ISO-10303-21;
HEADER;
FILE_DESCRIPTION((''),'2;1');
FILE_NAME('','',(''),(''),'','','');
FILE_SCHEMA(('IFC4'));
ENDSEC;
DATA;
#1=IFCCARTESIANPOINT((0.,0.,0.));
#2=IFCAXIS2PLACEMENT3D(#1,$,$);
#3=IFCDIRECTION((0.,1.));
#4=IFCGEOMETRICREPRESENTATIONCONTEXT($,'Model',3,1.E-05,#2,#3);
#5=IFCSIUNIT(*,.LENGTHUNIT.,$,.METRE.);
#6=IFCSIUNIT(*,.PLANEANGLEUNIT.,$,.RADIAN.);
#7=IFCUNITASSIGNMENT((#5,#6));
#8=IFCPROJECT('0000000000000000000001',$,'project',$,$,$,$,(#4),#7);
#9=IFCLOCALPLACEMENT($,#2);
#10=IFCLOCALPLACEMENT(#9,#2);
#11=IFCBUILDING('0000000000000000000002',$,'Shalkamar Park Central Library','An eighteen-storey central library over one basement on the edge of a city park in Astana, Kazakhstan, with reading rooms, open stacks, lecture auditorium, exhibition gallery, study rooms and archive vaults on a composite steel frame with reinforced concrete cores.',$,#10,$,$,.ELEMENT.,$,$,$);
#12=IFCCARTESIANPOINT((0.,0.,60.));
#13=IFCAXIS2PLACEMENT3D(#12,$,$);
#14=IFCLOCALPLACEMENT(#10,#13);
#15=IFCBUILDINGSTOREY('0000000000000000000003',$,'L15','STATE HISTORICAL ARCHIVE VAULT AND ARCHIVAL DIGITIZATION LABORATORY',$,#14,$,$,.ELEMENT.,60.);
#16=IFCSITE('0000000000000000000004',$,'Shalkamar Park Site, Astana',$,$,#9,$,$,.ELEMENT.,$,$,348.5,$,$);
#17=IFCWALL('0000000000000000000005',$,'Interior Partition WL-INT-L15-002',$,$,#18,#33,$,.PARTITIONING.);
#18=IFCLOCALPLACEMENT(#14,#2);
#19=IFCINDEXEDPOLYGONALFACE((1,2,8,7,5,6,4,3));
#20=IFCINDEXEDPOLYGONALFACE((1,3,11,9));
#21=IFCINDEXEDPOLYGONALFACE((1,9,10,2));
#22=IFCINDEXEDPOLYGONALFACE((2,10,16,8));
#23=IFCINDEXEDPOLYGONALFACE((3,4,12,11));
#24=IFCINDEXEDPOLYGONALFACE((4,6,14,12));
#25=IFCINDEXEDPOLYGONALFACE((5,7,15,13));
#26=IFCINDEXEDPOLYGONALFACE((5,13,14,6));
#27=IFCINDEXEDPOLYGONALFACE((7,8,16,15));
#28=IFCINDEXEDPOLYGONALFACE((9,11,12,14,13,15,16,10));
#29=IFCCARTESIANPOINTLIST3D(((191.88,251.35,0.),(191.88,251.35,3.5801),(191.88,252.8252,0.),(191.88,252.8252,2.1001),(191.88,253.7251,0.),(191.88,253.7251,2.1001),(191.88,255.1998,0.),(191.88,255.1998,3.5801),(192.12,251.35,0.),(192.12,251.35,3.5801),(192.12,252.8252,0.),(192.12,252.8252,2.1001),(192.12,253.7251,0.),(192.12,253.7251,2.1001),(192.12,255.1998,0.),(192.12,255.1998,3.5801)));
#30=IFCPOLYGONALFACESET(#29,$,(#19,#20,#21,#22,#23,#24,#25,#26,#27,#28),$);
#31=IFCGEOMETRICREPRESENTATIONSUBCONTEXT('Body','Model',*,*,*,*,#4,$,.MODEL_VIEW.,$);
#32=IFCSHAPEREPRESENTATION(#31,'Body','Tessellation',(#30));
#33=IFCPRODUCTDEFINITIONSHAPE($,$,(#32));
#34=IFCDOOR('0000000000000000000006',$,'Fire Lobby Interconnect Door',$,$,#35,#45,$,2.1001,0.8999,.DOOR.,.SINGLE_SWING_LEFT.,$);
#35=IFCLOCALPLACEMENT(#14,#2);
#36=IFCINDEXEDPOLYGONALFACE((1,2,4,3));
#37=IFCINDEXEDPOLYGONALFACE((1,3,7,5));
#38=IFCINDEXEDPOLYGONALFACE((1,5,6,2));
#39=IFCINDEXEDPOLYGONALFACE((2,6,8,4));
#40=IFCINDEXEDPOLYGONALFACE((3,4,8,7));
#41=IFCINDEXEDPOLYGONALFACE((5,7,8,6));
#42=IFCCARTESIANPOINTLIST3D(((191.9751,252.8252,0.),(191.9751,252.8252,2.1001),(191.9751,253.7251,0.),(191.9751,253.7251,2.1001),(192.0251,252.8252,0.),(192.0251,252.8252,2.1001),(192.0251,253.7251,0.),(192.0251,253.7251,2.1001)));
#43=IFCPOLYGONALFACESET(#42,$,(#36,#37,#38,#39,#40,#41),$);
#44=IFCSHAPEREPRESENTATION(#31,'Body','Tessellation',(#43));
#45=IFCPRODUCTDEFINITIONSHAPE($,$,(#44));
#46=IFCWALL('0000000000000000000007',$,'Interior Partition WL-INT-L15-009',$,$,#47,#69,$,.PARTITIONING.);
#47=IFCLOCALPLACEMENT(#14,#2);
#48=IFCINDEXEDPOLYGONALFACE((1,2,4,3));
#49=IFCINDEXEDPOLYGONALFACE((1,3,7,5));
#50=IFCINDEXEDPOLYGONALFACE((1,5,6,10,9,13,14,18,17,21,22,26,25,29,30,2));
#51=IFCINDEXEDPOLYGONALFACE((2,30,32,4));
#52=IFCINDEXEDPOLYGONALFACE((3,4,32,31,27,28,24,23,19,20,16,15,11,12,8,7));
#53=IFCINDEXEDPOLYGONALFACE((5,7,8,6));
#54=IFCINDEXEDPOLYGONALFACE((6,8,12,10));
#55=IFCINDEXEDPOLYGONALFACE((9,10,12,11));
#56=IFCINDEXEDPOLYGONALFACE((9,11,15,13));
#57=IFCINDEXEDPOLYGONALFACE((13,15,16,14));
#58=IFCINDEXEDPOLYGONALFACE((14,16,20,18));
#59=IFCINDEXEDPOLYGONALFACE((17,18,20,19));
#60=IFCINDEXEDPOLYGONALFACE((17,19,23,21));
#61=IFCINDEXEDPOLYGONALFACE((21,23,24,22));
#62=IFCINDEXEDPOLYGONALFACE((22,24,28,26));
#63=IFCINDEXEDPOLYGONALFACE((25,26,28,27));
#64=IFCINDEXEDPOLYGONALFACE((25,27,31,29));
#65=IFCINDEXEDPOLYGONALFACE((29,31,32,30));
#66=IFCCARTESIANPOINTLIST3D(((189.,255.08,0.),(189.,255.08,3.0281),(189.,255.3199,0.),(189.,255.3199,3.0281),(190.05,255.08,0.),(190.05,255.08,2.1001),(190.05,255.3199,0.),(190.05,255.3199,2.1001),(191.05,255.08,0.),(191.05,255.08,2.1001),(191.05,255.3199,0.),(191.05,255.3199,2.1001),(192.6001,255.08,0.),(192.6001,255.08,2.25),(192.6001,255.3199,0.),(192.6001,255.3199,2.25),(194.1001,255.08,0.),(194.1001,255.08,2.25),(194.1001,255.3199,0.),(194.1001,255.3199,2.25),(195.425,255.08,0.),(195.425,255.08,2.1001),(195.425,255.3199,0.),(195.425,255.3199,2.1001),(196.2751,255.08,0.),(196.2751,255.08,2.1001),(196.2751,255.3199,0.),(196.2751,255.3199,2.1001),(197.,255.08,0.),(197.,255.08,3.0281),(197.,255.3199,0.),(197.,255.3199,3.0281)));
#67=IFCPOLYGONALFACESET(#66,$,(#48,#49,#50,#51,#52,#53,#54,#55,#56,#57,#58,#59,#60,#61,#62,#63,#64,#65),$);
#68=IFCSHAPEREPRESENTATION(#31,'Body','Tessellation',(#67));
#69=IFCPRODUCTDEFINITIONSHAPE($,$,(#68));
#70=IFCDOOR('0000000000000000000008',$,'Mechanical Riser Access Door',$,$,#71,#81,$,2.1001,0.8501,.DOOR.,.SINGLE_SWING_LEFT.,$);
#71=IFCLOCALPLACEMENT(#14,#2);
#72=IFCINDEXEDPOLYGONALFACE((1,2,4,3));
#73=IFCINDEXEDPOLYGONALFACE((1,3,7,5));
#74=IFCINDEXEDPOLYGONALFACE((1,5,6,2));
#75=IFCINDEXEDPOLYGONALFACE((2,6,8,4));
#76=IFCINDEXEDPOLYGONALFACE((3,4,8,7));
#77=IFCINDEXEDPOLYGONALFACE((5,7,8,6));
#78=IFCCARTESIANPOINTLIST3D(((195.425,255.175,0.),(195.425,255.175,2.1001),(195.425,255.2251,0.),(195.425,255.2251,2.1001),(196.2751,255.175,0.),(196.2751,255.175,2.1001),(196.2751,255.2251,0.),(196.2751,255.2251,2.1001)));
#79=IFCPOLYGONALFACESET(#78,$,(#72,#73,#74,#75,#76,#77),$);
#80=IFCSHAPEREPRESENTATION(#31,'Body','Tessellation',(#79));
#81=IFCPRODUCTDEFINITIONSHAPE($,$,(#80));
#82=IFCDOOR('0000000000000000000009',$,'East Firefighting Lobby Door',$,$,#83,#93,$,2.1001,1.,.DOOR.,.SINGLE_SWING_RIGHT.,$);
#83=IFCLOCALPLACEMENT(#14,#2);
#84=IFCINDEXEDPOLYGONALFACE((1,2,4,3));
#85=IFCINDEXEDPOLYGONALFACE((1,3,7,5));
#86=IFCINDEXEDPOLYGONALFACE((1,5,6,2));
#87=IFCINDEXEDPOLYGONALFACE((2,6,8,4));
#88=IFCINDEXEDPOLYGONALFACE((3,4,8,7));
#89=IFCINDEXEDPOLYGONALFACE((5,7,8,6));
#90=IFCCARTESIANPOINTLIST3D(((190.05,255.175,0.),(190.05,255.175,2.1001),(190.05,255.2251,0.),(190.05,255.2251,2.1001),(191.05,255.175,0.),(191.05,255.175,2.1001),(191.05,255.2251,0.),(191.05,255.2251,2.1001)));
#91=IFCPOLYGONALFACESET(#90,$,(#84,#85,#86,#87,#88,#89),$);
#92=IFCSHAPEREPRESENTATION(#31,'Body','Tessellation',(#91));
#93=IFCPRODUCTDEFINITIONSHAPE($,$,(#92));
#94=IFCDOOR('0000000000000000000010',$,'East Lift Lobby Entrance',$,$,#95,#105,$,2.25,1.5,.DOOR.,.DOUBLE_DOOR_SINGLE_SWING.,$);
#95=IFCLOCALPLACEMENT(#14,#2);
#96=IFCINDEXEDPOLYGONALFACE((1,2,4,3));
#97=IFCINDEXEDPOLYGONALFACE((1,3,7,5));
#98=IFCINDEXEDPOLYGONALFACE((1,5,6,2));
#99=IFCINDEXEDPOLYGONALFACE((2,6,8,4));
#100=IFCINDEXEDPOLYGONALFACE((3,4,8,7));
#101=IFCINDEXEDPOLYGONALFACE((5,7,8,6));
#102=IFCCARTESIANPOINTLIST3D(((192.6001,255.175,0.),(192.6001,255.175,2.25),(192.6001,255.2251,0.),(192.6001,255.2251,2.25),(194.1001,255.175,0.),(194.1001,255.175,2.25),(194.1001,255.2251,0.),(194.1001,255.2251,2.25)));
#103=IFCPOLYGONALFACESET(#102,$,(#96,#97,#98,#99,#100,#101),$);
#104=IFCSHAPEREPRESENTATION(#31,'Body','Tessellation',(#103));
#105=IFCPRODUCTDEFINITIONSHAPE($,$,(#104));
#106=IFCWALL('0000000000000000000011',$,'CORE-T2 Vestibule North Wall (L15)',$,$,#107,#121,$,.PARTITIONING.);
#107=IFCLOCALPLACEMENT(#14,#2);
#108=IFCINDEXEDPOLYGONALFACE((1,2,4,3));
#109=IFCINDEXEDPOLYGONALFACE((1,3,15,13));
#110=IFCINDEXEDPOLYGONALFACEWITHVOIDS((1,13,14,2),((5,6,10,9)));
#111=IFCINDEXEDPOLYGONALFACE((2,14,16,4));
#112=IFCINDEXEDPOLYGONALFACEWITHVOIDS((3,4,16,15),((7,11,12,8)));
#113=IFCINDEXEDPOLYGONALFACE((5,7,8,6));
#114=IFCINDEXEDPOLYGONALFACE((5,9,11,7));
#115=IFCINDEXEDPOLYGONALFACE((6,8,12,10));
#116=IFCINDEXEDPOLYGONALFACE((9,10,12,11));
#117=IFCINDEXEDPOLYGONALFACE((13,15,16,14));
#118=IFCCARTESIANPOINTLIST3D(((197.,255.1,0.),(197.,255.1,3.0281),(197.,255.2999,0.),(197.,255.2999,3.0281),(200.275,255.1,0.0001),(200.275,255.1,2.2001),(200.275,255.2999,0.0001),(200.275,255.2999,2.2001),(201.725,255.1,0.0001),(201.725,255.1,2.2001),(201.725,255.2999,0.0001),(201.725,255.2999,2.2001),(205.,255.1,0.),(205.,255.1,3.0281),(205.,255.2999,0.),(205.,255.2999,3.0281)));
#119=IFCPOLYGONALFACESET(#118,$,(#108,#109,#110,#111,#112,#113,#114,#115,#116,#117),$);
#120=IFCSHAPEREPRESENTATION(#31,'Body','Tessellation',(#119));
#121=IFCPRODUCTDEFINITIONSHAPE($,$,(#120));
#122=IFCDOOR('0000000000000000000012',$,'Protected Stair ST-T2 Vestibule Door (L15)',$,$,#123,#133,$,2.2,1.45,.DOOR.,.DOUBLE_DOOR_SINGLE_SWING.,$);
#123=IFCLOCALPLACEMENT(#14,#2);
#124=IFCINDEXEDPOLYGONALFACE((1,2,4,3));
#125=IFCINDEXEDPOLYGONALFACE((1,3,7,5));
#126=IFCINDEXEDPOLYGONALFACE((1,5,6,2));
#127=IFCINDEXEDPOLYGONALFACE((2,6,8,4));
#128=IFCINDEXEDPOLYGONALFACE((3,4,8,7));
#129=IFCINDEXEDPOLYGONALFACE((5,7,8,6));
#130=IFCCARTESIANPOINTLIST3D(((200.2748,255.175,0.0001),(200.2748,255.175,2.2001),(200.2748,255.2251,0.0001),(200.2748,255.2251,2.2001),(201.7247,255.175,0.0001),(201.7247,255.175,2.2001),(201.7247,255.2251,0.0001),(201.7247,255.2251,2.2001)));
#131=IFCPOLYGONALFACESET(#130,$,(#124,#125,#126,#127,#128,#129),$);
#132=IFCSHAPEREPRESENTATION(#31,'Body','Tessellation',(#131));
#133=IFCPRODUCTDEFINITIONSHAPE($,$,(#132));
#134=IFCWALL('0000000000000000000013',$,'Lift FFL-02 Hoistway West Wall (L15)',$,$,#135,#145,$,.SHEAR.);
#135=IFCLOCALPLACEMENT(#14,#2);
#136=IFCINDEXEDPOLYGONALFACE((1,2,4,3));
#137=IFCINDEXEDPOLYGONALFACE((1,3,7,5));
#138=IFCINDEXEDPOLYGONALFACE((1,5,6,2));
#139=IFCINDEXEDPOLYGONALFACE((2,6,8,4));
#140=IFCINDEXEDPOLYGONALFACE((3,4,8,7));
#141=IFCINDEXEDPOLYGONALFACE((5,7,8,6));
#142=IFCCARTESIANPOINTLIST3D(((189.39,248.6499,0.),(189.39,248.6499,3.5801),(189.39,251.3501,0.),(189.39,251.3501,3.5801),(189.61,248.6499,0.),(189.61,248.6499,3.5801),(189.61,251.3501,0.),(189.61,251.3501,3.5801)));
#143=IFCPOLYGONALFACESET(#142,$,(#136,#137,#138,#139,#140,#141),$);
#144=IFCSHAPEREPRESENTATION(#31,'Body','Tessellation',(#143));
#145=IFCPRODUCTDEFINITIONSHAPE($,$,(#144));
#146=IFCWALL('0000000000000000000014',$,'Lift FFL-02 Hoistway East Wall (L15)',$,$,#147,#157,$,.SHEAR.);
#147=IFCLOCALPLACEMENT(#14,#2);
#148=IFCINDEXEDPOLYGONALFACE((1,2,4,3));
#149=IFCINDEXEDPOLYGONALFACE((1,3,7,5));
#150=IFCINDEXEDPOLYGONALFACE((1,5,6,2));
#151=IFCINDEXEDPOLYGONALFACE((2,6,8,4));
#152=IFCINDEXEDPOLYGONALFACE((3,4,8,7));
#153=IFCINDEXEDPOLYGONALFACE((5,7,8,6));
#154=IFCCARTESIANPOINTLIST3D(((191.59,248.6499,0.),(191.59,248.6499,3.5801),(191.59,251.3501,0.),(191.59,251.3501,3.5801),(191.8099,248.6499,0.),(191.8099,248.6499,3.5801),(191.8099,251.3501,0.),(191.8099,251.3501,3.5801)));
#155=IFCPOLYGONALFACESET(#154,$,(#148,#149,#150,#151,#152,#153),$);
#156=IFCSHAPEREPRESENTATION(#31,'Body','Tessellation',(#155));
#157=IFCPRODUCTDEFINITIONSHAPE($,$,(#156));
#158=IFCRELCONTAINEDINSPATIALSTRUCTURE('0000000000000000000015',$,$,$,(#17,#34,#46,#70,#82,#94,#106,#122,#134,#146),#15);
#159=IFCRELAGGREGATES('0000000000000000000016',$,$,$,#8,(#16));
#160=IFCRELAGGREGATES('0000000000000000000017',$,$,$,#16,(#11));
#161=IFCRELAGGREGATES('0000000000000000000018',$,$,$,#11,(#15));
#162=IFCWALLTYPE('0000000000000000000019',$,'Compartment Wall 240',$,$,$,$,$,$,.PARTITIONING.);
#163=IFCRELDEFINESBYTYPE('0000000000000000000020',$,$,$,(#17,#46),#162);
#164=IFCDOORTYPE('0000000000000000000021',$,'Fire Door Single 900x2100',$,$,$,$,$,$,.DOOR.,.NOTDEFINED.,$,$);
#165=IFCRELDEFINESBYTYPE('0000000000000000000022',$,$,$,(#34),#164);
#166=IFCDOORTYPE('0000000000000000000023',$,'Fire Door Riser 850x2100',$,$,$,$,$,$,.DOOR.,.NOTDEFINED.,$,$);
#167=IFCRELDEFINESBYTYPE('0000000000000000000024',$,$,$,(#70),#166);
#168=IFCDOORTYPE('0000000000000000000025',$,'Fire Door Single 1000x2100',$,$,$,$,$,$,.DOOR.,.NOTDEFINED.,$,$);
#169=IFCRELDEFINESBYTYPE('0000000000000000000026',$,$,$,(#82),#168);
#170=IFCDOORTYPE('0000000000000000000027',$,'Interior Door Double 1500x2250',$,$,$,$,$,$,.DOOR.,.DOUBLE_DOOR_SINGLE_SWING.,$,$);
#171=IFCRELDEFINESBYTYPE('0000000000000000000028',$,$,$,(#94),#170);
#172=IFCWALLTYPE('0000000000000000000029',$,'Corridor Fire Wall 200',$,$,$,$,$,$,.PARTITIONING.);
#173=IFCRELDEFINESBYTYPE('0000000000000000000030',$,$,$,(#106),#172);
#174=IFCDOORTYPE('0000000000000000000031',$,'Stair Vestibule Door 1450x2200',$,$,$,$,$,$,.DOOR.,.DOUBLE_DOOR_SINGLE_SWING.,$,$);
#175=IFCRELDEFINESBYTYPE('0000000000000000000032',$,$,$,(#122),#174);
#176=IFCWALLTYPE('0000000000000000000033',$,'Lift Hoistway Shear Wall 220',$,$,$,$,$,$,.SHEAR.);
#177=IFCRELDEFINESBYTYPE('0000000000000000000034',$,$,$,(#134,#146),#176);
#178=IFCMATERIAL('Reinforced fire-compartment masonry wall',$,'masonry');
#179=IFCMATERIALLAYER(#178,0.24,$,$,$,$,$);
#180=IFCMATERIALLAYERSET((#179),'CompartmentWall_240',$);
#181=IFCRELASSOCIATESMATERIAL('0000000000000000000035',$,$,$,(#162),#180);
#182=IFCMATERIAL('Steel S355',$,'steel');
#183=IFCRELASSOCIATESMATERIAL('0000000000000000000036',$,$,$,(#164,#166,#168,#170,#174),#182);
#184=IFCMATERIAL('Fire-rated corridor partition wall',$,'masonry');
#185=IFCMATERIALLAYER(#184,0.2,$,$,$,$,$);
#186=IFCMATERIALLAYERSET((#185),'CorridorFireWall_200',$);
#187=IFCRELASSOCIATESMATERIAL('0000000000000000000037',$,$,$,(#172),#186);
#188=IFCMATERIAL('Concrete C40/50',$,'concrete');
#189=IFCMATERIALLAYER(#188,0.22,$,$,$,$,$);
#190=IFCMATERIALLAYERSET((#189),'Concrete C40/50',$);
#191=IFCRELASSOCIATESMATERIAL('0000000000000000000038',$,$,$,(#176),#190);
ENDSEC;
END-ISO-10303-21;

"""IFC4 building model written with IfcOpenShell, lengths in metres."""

from ifc_helpers import new_model, si_unit, direction, frame, frame_2d, origin, place, context, subcontext, project, spatial, rectangle, extrude, material, layer, layer_set, type_object, element, fill, save


model = new_model("IFC4")

# Units and contexts
model_context = context("Model", 3, precision=1e-05, world=origin(), true_north=direction((0.0, 1.0)))
body_context = subcontext(model_context, "Body", "Model", "MODEL_VIEW")
ifc_project = project(units=[si_unit("LENGTHUNIT", "METRE"), si_unit("PLANEANGLEUNIT", "RADIAN")], contexts=[model_context])

# Site, building, storey
site_placement = place(None, origin())
site = spatial("IfcSite", under=ifc_project, at=site_placement, Name="Shalkamar Park Site, Astana", CompositionType="ELEMENT", RefElevation=348.5)
building_placement = place(site_placement, origin())
building = spatial("IfcBuilding", under=site, at=building_placement, Name="Shalkamar Park Central Library", Description="An eighteen-storey central library over one basement on the edge of a city park in Astana, Kazakhstan, with reading rooms, open stacks, lecture auditorium, exhibition gallery, study rooms and archive vaults on a composite steel frame with reinforced concrete cores.", CompositionType="ELEMENT")
storey_placement = place(building_placement, frame((0.0, 0.0, 60.0)))
storey = spatial("IfcBuildingStorey", under=building, at=storey_placement, Name="L15", Description="STATE HISTORICAL ARCHIVE VAULT AND ARCHIVAL DIGITIZATION LABORATORY", CompositionType="ELEMENT", Elevation=60.0)

# Shared definitions
ifc_material_1 = material(Name="Steel S355", Category="steel")

# Wall, opening, door
ifc_material_2 = material(Name="Reinforced fire-compartment masonry wall", Category="masonry")
ifc_layer_1 = layer(ifc_material_2, 0.24)
ifc_layer_set_1 = layer_set([ifc_layer_1], Name="CompartmentWall_240")
wall_type_1 = type_object("IfcWallType", Name="Compartment Wall 240", PredefinedType="PARTITIONING", material=ifc_layer_set_1)
wall_1_placement = place(storey_placement, frame((192.0, 251.3501, 0.0), z_axis=(0.0, 0.0, 1.0), x_axis=(0.0, 1.0, 0.0)))
wall_1 = element("IfcWall", 1, at=wall_1_placement, inside=storey, type_object=wall_type_1, Name="Interior Partition WL-INT-L15-002", PredefinedType="PARTITIONING", context=body_context, shape_type="SweptSolid", body=[
    extrude(rectangle(XDim=3.8499, YDim=0.24, at=frame_2d((1.9248, 0.0))), origin(), (0.0, 0.0, 1.0), 3.5801),
])
opening_1_placement = place(wall_1_placement, frame((1.4751, 0.0, 0.0)))
opening_1 = element("IfcOpeningElement", 2, at=opening_1_placement, cuts=wall_1, PredefinedType="OPENING", context=body_context, shape_type="SweptSolid", body=[
    extrude(rectangle(XDim=0.8999, YDim=2.1001, at=frame_2d((0.45, 1.05))), frame((0.0, 0.1348, 0.0), z_axis=(0.0, -1.0, 0.0), x_axis=(1.0, 0.0, 0.0)), (0.0, 0.0, 1.0), 0.2698),
])
door_type_1 = type_object("IfcDoorType", Name="Fire Door Single 900x2100", OperationType="NOTDEFINED", PredefinedType="DOOR", material=ifc_material_1)
door_1_placement = place(opening_1_placement, origin())
door_1 = element("IfcDoor", 3, at=door_1_placement, inside=storey, type_object=door_type_1, Name="Fire Lobby Interconnect Door", OperationType="SINGLE_SWING_LEFT", OverallHeight=2.1001, OverallWidth=0.8999, PredefinedType="DOOR", context=body_context, shape_type="SweptSolid", body=[
    extrude(rectangle(XDim=0.8999, YDim=2.1001, at=frame_2d((0.45, 1.05))), frame((0.0, 0.0249, 0.0), z_axis=(0.0, -1.0, 0.0), x_axis=(1.0, 0.0, 0.0)), (0.0, 0.0, 1.0), 0.05),
])
fill(opening_1, door_1)

# Wall, openings, doors
wall_2_placement = place(storey_placement, frame((189.0, 255.2, 0.0), z_axis=(0.0, 0.0, 1.0), x_axis=(1.0, 0.0, 0.0)))
wall_2 = element("IfcWall", 4, at=wall_2_placement, inside=storey, type_object=wall_type_1, Name="Interior Partition WL-INT-L15-009", PredefinedType="PARTITIONING", context=body_context, shape_type="SweptSolid", body=[
    extrude(rectangle(XDim=8.0, YDim=0.24, at=frame_2d((4.0, 0.0))), origin(), (0.0, 0.0, 1.0), 3.0281),
])
opening_2_placement = place(wall_2_placement, frame((1.05, 0.0, 0.0)))
opening_2 = element("IfcOpeningElement", 5, at=opening_2_placement, cuts=wall_2, PredefinedType="OPENING", context=body_context, shape_type="SweptSolid", body=[
    extrude(rectangle(XDim=1.0, YDim=2.1001, at=frame_2d((0.5, 1.05))), frame((0.0, 0.1348, 0.0), z_axis=(0.0, -1.0, 0.0), x_axis=(1.0, 0.0, 0.0)), (0.0, 0.0, 1.0), 0.2698),
])
opening_3_placement = place(wall_2_placement, frame((3.6001, 0.0, 0.0)))
opening_3 = element("IfcOpeningElement", 6, at=opening_3_placement, cuts=wall_2, PredefinedType="OPENING", context=body_context, shape_type="SweptSolid", body=[
    extrude(rectangle(XDim=1.5, YDim=2.25, at=frame_2d((0.75, 1.125))), frame((0.0, 0.1348, 0.0), z_axis=(0.0, -1.0, 0.0), x_axis=(1.0, 0.0, 0.0)), (0.0, 0.0, 1.0), 0.2698),
])
opening_4_placement = place(wall_2_placement, frame((6.425, 0.0, 0.0)))
opening_4 = element("IfcOpeningElement", 7, at=opening_4_placement, cuts=wall_2, PredefinedType="OPENING", context=body_context, shape_type="SweptSolid", body=[
    extrude(rectangle(XDim=0.8501, YDim=2.1001, at=frame_2d((0.425, 1.05))), frame((0.0, 0.1348, 0.0), z_axis=(0.0, -1.0, 0.0), x_axis=(1.0, 0.0, 0.0)), (0.0, 0.0, 1.0), 0.2698),
])
door_type_2 = type_object("IfcDoorType", Name="Fire Door Riser 850x2100", OperationType="NOTDEFINED", PredefinedType="DOOR", material=ifc_material_1)
door_2_placement = place(opening_4_placement, frame((0.8501, 0.0, 0.0), z_axis=(0.0, 0.0, 1.0), x_axis=(-1.0, 0.0, 0.0)))
door_2 = element("IfcDoor", 8, at=door_2_placement, inside=storey, type_object=door_type_2, Name="Mechanical Riser Access Door", OperationType="SINGLE_SWING_LEFT", OverallHeight=2.1001, OverallWidth=0.8501, PredefinedType="DOOR", context=body_context, shape_type="SweptSolid", body=[
    extrude(rectangle(XDim=0.8501, YDim=2.1001, at=frame_2d((0.425, 1.05))), frame((0.0, 0.0249, 0.0), z_axis=(0.0, -1.0, 0.0), x_axis=(1.0, 0.0, 0.0)), (0.0, 0.0, 1.0), 0.05),
])
fill(opening_4, door_2)
door_type_3 = type_object("IfcDoorType", Name="Fire Door Single 1000x2100", OperationType="NOTDEFINED", PredefinedType="DOOR", material=ifc_material_1)
door_3_placement = place(opening_2_placement, frame((1.0, 0.0, 0.0), z_axis=(0.0, 0.0, 1.0), x_axis=(-1.0, 0.0, 0.0)))
door_3 = element("IfcDoor", 9, at=door_3_placement, inside=storey, type_object=door_type_3, Name="East Firefighting Lobby Door", OperationType="SINGLE_SWING_RIGHT", OverallHeight=2.1001, OverallWidth=1.0, PredefinedType="DOOR", context=body_context, shape_type="SweptSolid", body=[
    extrude(rectangle(XDim=1.0, YDim=2.1001, at=frame_2d((0.5, 1.05))), frame((0.0, 0.0249, 0.0), z_axis=(0.0, -1.0, 0.0), x_axis=(1.0, 0.0, 0.0)), (0.0, 0.0, 1.0), 0.05),
])
fill(opening_2, door_3)
door_type_4 = type_object("IfcDoorType", Name="Interior Door Double 1500x2250", OperationType="DOUBLE_DOOR_SINGLE_SWING", PredefinedType="DOOR", material=ifc_material_1)
door_4_placement = place(opening_3_placement, frame((1.5, 0.0, 0.0), z_axis=(0.0, 0.0, 1.0), x_axis=(-1.0, 0.0, 0.0)))
door_4 = element("IfcDoor", 10, at=door_4_placement, inside=storey, type_object=door_type_4, Name="East Lift Lobby Entrance", OperationType="DOUBLE_DOOR_SINGLE_SWING", OverallHeight=2.25, OverallWidth=1.5, PredefinedType="DOOR", context=body_context, shape_type="SweptSolid", body=[
    extrude(rectangle(XDim=1.5, YDim=2.25, at=frame_2d((0.75, 1.125))), frame((0.0, 0.0249, 0.0), z_axis=(0.0, -1.0, 0.0), x_axis=(1.0, 0.0, 0.0)), (0.0, 0.0, 1.0), 0.05),
])
fill(opening_3, door_4)

# Wall, opening, door
ifc_material_3 = material(Name="Fire-rated corridor partition wall", Category="masonry")
ifc_layer_2 = layer(ifc_material_3, 0.2)
ifc_layer_set_2 = layer_set([ifc_layer_2], Name="CorridorFireWall_200")
wall_type_2 = type_object("IfcWallType", Name="Corridor Fire Wall 200", PredefinedType="PARTITIONING", material=ifc_layer_set_2)
wall_3_placement = place(storey_placement, frame((197.0, 255.2, 0.0), z_axis=(0.0, 0.0, 1.0), x_axis=(1.0, 0.0, 0.0)))
wall_3 = element("IfcWall", 11, at=wall_3_placement, inside=storey, type_object=wall_type_2, Name="CORE-T2 Vestibule North Wall (L15)", PredefinedType="PARTITIONING", context=body_context, shape_type="SweptSolid", body=[
    extrude(rectangle(XDim=8.0, YDim=0.2, at=frame_2d((4.0, 0.0))), origin(), (0.0, 0.0, 1.0), 3.0281),
])
opening_5_placement = place(wall_3_placement, frame((3.2749, 0.0, 0.0)))
opening_5 = element("IfcOpeningElement", 12, at=opening_5_placement, cuts=wall_3, PredefinedType="OPENING", context=body_context, shape_type="SweptSolid", body=[
    extrude(rectangle(XDim=1.45, YDim=2.2, at=frame_2d((0.7251, 1.1001))), frame((0.0, 0.1147, 0.0), z_axis=(0.0, -1.0, 0.0), x_axis=(1.0, 0.0, 0.0)), (0.0, 0.0, 1.0), 0.2297),
])
door_type_5 = type_object("IfcDoorType", Name="Stair Vestibule Door 1450x2200", OperationType="DOUBLE_DOOR_SINGLE_SWING", PredefinedType="DOOR", material=ifc_material_1)
door_5_placement = place(opening_5_placement, frame((1.45, 0.0, 0.0), z_axis=(0.0, 0.0, 1.0), x_axis=(-1.0, 0.0, 0.0)))
door_5 = element("IfcDoor", 13, at=door_5_placement, inside=storey, type_object=door_type_5, Name="Protected Stair ST-T2 Vestibule Door (L15)", OperationType="DOUBLE_DOOR_SINGLE_SWING", OverallHeight=2.2, OverallWidth=1.45, PredefinedType="DOOR", context=body_context, shape_type="SweptSolid", body=[
    extrude(rectangle(XDim=1.45, YDim=2.2, at=frame_2d((0.7251, 1.1001))), frame((0.0, 0.0249, 0.0), z_axis=(0.0, -1.0, 0.0), x_axis=(1.0, 0.0, 0.0)), (0.0, 0.0, 1.0), 0.05),
])
fill(opening_5, door_5)

# Walls
ifc_material_4 = material(Name="Concrete C40/50", Category="concrete")
ifc_layer_3 = layer(ifc_material_4, 0.22)
ifc_layer_set_3 = layer_set([ifc_layer_3], Name="Concrete C40/50")
wall_type_3 = type_object("IfcWallType", Name="Lift Hoistway Shear Wall 220", PredefinedType="SHEAR", material=ifc_layer_set_3)
for number, where, z_axis, x_axis, name in (
    (14, (189.5, 248.6499, 0.0), (0.0, 0.0, 1.0), (0.0, 1.0, 0.0), "Lift FFL-02 Hoistway West Wall (L15)"),
    (15, (191.7, 248.6499, 0.0), (0.0, 0.0, 1.0), (0.0, 1.0, 0.0), "Lift FFL-02 Hoistway East Wall (L15)"),
):
    element("IfcWall", number, at=place(storey_placement, frame(where, z_axis=z_axis, x_axis=x_axis)), inside=storey, type_object=wall_type_3, Name=name, PredefinedType="SHEAR", context=body_context, shape_type="SweptSolid", body=[
        extrude(rectangle(XDim=2.7002, YDim=0.22, at=frame_2d((1.3501, 0.0))), origin(), (0.0, 0.0, 1.0), 3.5801),
    ])

save(model, "model.ifc")
